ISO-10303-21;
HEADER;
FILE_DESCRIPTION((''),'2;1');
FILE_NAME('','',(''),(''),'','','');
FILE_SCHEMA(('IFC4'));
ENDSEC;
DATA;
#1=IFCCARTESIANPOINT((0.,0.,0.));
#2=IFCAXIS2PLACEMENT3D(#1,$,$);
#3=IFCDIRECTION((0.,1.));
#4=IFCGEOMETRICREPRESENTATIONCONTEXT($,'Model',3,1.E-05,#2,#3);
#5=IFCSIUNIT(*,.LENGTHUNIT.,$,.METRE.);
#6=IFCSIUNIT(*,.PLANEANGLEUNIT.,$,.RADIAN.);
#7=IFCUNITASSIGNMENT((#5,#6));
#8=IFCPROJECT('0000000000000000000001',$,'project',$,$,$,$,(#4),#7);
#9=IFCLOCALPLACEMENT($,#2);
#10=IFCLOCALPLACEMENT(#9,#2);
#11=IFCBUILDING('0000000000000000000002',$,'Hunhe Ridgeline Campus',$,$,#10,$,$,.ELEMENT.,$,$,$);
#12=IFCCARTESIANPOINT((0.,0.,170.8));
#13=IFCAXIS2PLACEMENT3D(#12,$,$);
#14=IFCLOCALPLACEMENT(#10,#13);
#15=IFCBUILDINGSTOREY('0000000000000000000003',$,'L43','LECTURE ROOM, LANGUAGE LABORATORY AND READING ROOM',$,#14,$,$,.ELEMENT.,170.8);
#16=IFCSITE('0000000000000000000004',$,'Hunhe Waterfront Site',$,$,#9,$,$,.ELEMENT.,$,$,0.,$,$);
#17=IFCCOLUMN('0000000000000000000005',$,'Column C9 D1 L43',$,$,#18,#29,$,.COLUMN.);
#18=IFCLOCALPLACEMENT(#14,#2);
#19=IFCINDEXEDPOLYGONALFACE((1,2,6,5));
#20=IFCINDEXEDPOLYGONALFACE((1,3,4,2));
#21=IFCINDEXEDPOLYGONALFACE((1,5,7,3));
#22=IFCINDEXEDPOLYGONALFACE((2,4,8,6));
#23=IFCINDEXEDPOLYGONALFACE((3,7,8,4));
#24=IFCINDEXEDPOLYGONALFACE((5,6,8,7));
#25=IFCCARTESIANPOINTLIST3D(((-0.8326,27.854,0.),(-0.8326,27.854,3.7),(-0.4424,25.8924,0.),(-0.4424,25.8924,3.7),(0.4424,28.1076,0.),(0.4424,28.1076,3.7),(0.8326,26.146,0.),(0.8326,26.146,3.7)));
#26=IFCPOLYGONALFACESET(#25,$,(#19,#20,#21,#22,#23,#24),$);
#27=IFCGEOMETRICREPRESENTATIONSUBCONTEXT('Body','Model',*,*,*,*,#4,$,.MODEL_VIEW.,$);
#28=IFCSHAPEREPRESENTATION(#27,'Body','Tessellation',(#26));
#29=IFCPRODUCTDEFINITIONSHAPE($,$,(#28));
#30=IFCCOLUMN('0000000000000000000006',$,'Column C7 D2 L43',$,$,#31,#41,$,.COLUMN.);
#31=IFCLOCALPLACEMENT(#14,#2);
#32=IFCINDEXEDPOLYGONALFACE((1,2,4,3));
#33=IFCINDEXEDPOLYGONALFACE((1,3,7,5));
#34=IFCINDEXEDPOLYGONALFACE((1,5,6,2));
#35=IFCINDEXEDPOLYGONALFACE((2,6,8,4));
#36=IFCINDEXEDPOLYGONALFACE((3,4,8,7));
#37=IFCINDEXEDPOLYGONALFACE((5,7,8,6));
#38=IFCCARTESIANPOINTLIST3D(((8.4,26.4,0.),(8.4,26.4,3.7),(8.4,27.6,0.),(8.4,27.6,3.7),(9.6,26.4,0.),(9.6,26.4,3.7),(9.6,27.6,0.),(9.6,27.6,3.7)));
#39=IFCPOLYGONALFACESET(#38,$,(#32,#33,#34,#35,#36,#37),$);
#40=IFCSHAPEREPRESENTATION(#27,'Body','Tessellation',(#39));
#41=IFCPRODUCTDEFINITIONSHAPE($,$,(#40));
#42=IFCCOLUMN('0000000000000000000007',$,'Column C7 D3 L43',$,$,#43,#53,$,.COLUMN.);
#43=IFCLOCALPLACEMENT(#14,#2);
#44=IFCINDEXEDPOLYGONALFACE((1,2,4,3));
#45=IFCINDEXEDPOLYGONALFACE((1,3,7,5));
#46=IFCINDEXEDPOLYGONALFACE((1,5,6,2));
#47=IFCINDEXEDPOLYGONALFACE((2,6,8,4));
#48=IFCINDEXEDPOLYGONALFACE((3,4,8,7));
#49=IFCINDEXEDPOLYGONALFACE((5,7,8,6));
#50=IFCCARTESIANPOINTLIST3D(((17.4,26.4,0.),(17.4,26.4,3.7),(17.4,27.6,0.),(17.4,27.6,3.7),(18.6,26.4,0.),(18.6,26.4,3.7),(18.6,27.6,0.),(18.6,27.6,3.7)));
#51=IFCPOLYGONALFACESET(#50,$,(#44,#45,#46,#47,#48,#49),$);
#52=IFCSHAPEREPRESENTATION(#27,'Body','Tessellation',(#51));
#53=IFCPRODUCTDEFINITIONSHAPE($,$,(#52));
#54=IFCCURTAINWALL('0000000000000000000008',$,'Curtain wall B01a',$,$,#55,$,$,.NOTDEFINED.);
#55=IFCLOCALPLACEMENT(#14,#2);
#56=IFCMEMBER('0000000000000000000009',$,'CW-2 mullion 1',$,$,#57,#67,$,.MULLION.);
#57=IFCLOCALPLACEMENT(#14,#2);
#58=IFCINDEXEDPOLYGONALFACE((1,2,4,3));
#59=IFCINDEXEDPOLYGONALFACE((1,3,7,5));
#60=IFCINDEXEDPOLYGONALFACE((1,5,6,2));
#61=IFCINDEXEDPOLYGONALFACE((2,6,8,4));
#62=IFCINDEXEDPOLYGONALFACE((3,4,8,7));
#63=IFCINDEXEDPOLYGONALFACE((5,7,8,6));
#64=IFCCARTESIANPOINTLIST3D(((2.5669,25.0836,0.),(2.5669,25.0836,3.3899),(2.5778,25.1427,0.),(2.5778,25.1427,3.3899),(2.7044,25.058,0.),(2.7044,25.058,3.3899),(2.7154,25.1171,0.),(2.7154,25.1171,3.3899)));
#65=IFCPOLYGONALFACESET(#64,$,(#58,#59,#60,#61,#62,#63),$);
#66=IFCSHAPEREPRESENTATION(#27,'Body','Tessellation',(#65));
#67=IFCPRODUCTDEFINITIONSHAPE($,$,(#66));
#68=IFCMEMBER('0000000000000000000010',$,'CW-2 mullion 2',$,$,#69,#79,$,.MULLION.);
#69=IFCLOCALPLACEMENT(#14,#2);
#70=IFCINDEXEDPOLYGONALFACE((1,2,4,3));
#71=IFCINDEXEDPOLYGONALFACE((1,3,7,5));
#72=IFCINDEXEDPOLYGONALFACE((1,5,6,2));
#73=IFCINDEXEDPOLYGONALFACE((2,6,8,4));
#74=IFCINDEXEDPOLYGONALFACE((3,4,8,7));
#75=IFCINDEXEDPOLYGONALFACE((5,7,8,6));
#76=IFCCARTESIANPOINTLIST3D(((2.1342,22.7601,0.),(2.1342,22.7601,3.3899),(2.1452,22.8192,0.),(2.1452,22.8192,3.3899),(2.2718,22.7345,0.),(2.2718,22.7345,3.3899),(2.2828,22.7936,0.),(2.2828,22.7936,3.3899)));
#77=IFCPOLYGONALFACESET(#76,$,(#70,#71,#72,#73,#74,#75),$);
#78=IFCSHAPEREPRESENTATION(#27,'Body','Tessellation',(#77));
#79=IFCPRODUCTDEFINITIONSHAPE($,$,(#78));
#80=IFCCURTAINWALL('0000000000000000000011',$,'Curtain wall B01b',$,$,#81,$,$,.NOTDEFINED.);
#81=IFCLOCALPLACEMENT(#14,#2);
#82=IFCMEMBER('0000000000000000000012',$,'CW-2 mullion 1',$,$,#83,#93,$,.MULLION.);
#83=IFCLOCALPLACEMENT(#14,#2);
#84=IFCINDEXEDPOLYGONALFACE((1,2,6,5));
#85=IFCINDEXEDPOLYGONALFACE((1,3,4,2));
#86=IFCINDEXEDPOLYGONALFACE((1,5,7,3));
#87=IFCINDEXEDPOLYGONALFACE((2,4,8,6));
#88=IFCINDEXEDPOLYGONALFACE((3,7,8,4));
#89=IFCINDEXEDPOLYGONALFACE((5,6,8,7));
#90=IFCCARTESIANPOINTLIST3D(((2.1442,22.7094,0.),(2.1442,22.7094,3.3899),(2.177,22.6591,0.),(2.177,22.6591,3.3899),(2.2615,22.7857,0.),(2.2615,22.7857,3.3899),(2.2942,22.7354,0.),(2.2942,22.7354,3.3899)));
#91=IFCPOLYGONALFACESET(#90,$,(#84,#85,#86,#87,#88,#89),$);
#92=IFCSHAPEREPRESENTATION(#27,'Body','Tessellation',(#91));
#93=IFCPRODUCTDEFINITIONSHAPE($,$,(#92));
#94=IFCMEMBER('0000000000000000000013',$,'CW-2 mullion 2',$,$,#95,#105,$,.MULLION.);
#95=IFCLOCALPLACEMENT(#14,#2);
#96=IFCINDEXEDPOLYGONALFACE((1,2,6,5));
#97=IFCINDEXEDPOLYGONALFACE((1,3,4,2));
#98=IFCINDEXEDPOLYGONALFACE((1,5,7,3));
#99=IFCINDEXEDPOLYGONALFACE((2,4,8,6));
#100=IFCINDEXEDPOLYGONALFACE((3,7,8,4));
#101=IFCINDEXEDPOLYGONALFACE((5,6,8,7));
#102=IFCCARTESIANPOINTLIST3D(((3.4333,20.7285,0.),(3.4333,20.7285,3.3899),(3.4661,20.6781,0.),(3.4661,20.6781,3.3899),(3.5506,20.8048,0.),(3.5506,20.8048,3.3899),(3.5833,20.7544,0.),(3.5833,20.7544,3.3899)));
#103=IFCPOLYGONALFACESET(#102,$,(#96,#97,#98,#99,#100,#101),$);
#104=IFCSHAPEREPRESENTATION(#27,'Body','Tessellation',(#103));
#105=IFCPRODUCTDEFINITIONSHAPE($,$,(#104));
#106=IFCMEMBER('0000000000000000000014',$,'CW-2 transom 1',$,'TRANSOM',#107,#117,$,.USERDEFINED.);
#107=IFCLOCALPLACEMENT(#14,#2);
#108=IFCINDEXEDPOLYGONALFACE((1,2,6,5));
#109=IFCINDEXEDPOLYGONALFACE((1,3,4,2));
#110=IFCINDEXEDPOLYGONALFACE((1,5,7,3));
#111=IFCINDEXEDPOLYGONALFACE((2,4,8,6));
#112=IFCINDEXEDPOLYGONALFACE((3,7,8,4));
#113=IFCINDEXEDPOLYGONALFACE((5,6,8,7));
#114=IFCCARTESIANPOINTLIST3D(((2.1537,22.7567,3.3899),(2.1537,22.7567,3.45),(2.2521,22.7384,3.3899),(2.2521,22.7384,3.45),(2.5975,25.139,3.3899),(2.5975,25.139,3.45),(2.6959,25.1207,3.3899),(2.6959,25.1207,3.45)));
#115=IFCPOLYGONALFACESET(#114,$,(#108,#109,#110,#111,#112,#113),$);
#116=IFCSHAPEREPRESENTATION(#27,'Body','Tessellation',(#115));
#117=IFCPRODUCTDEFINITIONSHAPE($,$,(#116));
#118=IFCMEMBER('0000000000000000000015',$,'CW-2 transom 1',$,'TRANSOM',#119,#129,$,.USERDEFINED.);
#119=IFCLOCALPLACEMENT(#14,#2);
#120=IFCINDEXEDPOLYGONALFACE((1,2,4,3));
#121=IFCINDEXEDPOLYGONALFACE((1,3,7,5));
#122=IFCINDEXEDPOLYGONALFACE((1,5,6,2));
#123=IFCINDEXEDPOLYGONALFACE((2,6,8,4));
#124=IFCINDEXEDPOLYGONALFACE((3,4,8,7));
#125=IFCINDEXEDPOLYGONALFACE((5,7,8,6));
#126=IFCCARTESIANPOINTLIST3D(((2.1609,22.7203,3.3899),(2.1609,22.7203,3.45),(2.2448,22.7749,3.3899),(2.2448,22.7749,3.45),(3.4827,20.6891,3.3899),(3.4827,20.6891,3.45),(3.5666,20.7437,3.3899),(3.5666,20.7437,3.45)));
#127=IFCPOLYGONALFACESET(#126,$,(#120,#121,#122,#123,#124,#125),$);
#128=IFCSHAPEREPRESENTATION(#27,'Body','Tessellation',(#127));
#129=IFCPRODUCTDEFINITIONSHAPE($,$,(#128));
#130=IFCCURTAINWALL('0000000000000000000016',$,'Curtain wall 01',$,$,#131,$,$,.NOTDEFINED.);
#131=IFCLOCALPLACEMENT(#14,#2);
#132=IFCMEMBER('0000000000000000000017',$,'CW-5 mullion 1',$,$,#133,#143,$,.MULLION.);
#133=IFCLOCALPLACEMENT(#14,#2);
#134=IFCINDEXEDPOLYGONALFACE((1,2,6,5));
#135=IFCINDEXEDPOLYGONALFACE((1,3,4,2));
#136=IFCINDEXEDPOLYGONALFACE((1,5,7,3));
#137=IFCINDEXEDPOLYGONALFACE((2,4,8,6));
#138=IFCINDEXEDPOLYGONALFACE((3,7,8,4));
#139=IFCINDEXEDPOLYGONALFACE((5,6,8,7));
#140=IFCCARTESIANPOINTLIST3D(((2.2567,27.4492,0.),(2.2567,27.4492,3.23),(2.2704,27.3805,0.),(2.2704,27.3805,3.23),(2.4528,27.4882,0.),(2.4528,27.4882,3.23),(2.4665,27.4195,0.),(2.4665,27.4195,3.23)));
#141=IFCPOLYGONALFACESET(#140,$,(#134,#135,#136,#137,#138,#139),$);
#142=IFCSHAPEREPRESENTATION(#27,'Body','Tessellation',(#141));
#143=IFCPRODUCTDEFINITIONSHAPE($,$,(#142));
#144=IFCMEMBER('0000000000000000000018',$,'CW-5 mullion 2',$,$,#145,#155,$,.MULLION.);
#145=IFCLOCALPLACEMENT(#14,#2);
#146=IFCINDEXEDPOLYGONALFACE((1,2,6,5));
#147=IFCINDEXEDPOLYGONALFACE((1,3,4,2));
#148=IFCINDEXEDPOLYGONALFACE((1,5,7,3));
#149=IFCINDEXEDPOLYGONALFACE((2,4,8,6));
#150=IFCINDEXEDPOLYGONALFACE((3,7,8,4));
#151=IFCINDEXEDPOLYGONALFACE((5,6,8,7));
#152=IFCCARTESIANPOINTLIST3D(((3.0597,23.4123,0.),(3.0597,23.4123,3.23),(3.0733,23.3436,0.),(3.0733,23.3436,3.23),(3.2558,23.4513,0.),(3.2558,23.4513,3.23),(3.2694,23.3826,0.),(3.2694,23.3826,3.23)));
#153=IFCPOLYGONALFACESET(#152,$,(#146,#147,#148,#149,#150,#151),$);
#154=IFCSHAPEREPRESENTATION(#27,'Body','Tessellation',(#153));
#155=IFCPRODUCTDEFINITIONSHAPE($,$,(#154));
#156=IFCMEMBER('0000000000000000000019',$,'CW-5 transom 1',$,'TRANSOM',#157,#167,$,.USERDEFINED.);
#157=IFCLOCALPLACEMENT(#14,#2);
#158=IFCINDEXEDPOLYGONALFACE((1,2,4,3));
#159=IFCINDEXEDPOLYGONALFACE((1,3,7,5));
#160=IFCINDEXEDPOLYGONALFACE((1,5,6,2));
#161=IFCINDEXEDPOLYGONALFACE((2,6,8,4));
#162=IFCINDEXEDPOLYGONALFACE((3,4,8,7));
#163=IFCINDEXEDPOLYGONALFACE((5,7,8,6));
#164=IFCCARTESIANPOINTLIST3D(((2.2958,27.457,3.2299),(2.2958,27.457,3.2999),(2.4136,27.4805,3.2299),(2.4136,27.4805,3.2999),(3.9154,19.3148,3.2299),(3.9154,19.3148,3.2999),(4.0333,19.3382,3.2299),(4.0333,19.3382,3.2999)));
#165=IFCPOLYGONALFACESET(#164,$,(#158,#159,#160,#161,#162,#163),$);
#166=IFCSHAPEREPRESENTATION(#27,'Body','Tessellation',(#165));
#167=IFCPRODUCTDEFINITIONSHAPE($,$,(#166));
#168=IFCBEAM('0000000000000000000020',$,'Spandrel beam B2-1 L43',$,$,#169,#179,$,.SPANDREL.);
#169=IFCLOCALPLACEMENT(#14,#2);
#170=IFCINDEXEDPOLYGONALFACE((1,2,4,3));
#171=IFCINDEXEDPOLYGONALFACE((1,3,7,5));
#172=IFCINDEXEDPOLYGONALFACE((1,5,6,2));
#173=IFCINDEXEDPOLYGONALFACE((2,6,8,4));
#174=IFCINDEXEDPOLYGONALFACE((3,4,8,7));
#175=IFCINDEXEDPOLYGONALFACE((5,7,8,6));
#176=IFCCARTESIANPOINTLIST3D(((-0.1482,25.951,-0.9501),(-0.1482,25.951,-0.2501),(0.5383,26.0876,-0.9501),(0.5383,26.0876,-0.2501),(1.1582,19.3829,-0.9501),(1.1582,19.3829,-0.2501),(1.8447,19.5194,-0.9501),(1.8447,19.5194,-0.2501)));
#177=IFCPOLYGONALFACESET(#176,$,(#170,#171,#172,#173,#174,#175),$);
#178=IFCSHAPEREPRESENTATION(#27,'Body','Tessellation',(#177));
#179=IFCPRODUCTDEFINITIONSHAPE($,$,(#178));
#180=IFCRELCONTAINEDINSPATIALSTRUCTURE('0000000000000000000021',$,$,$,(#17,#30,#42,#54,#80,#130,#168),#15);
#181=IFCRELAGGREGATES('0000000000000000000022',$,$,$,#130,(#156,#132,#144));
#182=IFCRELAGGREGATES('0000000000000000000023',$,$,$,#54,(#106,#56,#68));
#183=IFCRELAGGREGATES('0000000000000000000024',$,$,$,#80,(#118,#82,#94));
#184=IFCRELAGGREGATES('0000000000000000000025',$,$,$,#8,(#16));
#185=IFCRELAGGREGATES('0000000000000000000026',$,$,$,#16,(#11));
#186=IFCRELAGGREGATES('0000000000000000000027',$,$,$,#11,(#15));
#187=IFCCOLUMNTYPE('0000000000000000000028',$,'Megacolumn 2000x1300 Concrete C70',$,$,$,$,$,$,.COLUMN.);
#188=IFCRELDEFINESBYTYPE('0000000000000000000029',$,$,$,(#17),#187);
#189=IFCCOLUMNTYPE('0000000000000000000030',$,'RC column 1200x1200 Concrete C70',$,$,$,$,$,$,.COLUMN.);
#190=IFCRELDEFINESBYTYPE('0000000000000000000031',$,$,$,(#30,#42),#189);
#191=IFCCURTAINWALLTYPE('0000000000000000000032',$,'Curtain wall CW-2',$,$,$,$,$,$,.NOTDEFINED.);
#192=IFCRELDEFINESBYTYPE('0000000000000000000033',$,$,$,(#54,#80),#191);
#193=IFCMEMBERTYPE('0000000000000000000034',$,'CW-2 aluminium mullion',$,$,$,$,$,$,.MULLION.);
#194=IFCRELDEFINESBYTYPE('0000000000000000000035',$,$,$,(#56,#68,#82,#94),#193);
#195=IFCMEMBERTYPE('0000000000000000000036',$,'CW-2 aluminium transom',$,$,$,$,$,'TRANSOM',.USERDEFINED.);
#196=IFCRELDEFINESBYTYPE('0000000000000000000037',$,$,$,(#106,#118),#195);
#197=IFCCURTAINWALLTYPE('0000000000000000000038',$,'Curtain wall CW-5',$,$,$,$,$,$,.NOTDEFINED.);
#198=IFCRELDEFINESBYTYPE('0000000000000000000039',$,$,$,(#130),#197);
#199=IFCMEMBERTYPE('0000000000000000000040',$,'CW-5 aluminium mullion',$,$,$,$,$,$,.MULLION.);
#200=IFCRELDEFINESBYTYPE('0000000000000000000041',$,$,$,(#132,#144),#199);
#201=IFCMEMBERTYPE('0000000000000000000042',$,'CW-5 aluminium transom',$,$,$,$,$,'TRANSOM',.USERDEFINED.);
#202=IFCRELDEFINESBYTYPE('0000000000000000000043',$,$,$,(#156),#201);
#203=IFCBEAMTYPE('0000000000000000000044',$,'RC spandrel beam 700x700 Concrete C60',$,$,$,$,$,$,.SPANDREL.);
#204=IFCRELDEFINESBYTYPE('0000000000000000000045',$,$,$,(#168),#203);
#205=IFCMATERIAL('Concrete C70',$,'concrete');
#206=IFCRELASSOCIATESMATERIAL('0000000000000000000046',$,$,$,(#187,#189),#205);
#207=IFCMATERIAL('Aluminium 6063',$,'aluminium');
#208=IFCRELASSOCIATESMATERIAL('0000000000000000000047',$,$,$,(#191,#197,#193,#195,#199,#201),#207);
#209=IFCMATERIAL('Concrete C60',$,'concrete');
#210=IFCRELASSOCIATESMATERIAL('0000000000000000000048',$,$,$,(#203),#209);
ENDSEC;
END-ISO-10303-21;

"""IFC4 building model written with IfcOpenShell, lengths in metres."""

from ifc_helpers import new_model, si_unit, direction, frame, origin, origin_2d, place, context, subcontext, project, spatial, rectangle, extrude, material, material_profile, profile_set, type_object, element, aggregate, save


model = new_model("IFC4")

# Units and contexts
model_context = context("Model", 3, precision=1e-05, world=origin(), true_north=direction((0.0, 1.0)))
body_context = subcontext(model_context, "Body", "Model", "MODEL_VIEW")
ifc_project = project(units=[si_unit("LENGTHUNIT", "METRE"), si_unit("PLANEANGLEUNIT", "RADIAN")], contexts=[model_context])

# Site, building, storey
site_placement = place(None, origin())
site = spatial("IfcSite", under=ifc_project, at=site_placement, Name="Hunhe Waterfront Site", CompositionType="ELEMENT", RefElevation=0.0)
building_placement = place(site_placement, origin())
building = spatial("IfcBuilding", under=site, at=building_placement, Name="Hunhe Ridgeline Campus", CompositionType="ELEMENT")
storey_placement = place(building_placement, frame((0.0, 0.0, 170.8)))
storey = spatial("IfcBuildingStorey", under=building, at=storey_placement, Name="L43", Description="LECTURE ROOM, LANGUAGE LABORATORY AND READING ROOM", CompositionType="ELEMENT", Elevation=170.8)

# Columns
ifc_material_1 = material(Name="Concrete C70", Category="concrete")
ifc_material_profile_1 = material_profile(ifc_material_1, rectangle(XDim=2.0, YDim=1.3, at=origin_2d()))
ifc_profile_set_1 = profile_set([ifc_material_profile_1], Name="Concrete C70")
column_type_1 = type_object("IfcColumnType", Name="Megacolumn 2000x1300 Concrete C70", PredefinedType="COLUMN", material=ifc_profile_set_1)
column_placement = place(storey_placement, frame((0.0, 27.0, 0.0), z_axis=(0.0, 0.0, 1.0), x_axis=(-0.19509, 0.980785, 0.0)))
element("IfcColumn", 1, at=column_placement, inside=storey, type_object=column_type_1, Name="Column C9 D1 L43", PredefinedType="COLUMN", context=body_context, shape_type="SweptSolid", body=[
    extrude(rectangle(XDim=2.0, YDim=1.3, at=origin_2d()), origin(), (0.0, 0.0, 1.0), 3.7),
])
ifc_material_profile_2 = material_profile(ifc_material_1, rectangle(XDim=1.2, YDim=1.2, at=origin_2d()))
ifc_profile_set_2 = profile_set([ifc_material_profile_2], Name="Concrete C70")
column_type_2 = type_object("IfcColumnType", Name="RC column 1200x1200 Concrete C70", PredefinedType="COLUMN", material=ifc_profile_set_2)
for number, where, z_axis, x_axis, name in (
    (2, (9.0, 27.0, 0.0), (0.0, 0.0, 1.0), (1.0, 0.0, 0.0), "Column C7 D2 L43"),
    (3, (18.0, 27.0, 0.0), (0.0, 0.0, 1.0), (1.0, 0.0, 0.0), "Column C7 D3 L43"),
):
    element("IfcColumn", number, at=place(storey_placement, frame(where, z_axis=z_axis, x_axis=x_axis)), inside=storey, type_object=column_type_2, Name=name, PredefinedType="COLUMN", context=body_context, shape_type="SweptSolid", body=[
        extrude(rectangle(XDim=1.2, YDim=1.2, at=origin_2d()), origin(), (0.0, 0.0, 1.0), 3.7),
    ])

# Curtain walls, members
ifc_material_2 = material(Name="Aluminium 6063", Category="aluminium")
curtain_wall_type_1 = type_object("IfcCurtainWallType", Name="Curtain wall CW-2", PredefinedType="NOTDEFINED", material=ifc_material_2)
curtain_wall_1_placement = place(storey_placement, origin())
curtain_wall_1 = element("IfcCurtainWall", 4, at=curtain_wall_1_placement, inside=storey, type_object=curtain_wall_type_1, Name="Curtain wall B01a", PredefinedType="NOTDEFINED")
ifc_material_profile_3 = material_profile(ifc_material_2, rectangle(XDim=0.1399, YDim=0.0601, at=origin_2d()))
ifc_profile_set_3 = profile_set([ifc_material_profile_3], Name="Aluminium 6063")
member_type_1 = type_object("IfcMemberType", Name="CW-2 aluminium mullion", PredefinedType="MULLION", material=ifc_profile_set_3)
member_1_placement = place(storey_placement, frame((2.6411, 25.1003, 0.0), z_axis=(0.0, 0.0, 1.0), x_axis=(0.983092, -0.183113, 0.0)))
member_1 = element("IfcMember", 5, at=member_1_placement, type_object=member_type_1, Name="CW-2 mullion 1", PredefinedType="MULLION", context=body_context, shape_type="SweptSolid", body=[
    extrude(rectangle(XDim=0.1399, YDim=0.0601, at=origin_2d()), origin(), (0.0, 0.0, 1.0), 3.3899),
])
member_2_placement = place(storey_placement, frame((2.2085, 22.7769, 0.0), z_axis=(0.0, 0.0, 1.0), x_axis=(0.983092, -0.183113, 0.0)))
member_2 = element("IfcMember", 6, at=member_2_placement, type_object=member_type_1, Name="CW-2 mullion 2", PredefinedType="MULLION", context=body_context, shape_type="SweptSolid", body=[
    extrude(rectangle(XDim=0.1399, YDim=0.0601, at=origin_2d()), origin(), (0.0, 0.0, 1.0), 3.3899),
])
curtain_wall_2_placement = place(storey_placement, origin())
curtain_wall_2 = element("IfcCurtainWall", 7, at=curtain_wall_2_placement, inside=storey, type_object=curtain_wall_type_1, Name="Curtain wall B01b", PredefinedType="NOTDEFINED")
member_3_placement = place(storey_placement, frame((2.2192, 22.7224, 0.0), z_axis=(0.0, 0.0, 1.0), x_axis=(0.838179, 0.545395, 0.0)))
member_3 = element("IfcMember", 8, at=member_3_placement, type_object=member_type_1, Name="CW-2 mullion 1", PredefinedType="MULLION", context=body_context, shape_type="SweptSolid", body=[
    extrude(rectangle(XDim=0.1399, YDim=0.0601, at=origin_2d()), origin(), (0.0, 0.0, 1.0), 3.3899),
])
member_4_placement = place(storey_placement, frame((3.5083, 20.7415, 0.0), z_axis=(0.0, 0.0, 1.0), x_axis=(0.838179, 0.545395, 0.0)))
member_4 = element("IfcMember", 9, at=member_4_placement, type_object=member_type_1, Name="CW-2 mullion 2", PredefinedType="MULLION", context=body_context, shape_type="SweptSolid", body=[
    extrude(rectangle(XDim=0.1399, YDim=0.0601, at=origin_2d()), origin(), (0.0, 0.0, 1.0), 3.3899),
])

# Members
ifc_material_profile_4 = material_profile(ifc_material_2, rectangle(XDim=0.1001, YDim=0.0601, at=origin_2d()))
ifc_profile_set_4 = profile_set([ifc_material_profile_4], Name="Aluminium 6063")
member_type_2 = type_object("IfcMemberType", Name="CW-2 aluminium transom", ElementType="TRANSOM", PredefinedType="USERDEFINED", material=ifc_profile_set_4)
member_5_placement = place(storey_placement, frame((2.6467, 25.1299, 3.4199), z_axis=(-0.183157, -0.983084, 0.0), x_axis=(0.983084, -0.183157, 0.0)))
member_5 = element("IfcMember", 10, at=member_5_placement, type_object=member_type_2, Name="CW-2 transom 1", ObjectType="TRANSOM", PredefinedType="USERDEFINED", context=body_context, shape_type="SweptSolid", body=[
    extrude(rectangle(XDim=0.1001, YDim=0.0601, at=origin_2d()), origin(), (0.0, 0.0, 1.0), 2.4233),
])
member_6_placement = place(storey_placement, frame((2.2029, 22.7476, 3.4199), z_axis=(0.545413, -0.838167, 0.0), x_axis=(0.838167, 0.545413, 0.0)))
member_6 = element("IfcMember", 11, at=member_6_placement, type_object=member_type_2, Name="CW-2 transom 1", ObjectType="TRANSOM", PredefinedType="USERDEFINED", context=body_context, shape_type="SweptSolid", body=[
    extrude(rectangle(XDim=0.1001, YDim=0.0601, at=origin_2d()), origin(), (0.0, 0.0, 1.0), 2.4233),
])

# Curtain wall, members
curtain_wall_type_2 = type_object("IfcCurtainWallType", Name="Curtain wall CW-5", PredefinedType="NOTDEFINED", material=ifc_material_2)
curtain_wall_3_placement = place(storey_placement, origin())
curtain_wall_3 = element("IfcCurtainWall", 12, at=curtain_wall_3_placement, inside=storey, type_object=curtain_wall_type_2, Name="Curtain wall 01", PredefinedType="NOTDEFINED")
ifc_material_profile_5 = material_profile(ifc_material_2, rectangle(XDim=0.2, YDim=0.0701, at=origin_2d()))
ifc_profile_set_5 = profile_set([ifc_material_profile_5], Name="Aluminium 6063")
member_type_3 = type_object("IfcMemberType", Name="CW-5 aluminium mullion", PredefinedType="MULLION", material=ifc_profile_set_5)
member_7_placement = place(storey_placement, frame((2.3616, 27.4343, 0.0), z_axis=(0.0, 0.0, 1.0), x_axis=(0.980784, 0.195095, 0.0)))
member_7 = element("IfcMember", 13, at=member_7_placement, type_object=member_type_3, Name="CW-5 mullion 1", PredefinedType="MULLION", context=body_context, shape_type="SweptSolid", body=[
    extrude(rectangle(XDim=0.2, YDim=0.0701, at=origin_2d()), origin(), (0.0, 0.0, 1.0), 3.23),
])
member_8_placement = place(storey_placement, frame((3.1646, 23.3975, 0.0), z_axis=(0.0, 0.0, 1.0), x_axis=(0.980784, 0.195095, 0.0)))
member_8 = element("IfcMember", 14, at=member_8_placement, type_object=member_type_3, Name="CW-5 mullion 2", PredefinedType="MULLION", context=body_context, shape_type="SweptSolid", body=[
    extrude(rectangle(XDim=0.2, YDim=0.0701, at=origin_2d()), origin(), (0.0, 0.0, 1.0), 3.23),
])
ifc_material_profile_6 = material_profile(ifc_material_2, rectangle(XDim=0.1201, YDim=0.0701, at=origin_2d()))
ifc_profile_set_6 = profile_set([ifc_material_profile_6], Name="Aluminium 6063")
member_type_4 = type_object("IfcMemberType", Name="CW-5 aluminium transom", ElementType="TRANSOM", PredefinedType="USERDEFINED", material=ifc_profile_set_6)
member_9_placement = place(storey_placement, frame((2.3547, 27.4688, 3.2649), z_axis=(0.195092, -0.980785, 0.0), x_axis=(0.980785, 0.195092, 0.0)))
member_9 = element("IfcMember", 15, at=member_9_placement, type_object=member_type_4, Name="CW-5 transom 1", ObjectType="TRANSOM", PredefinedType="USERDEFINED", context=body_context, shape_type="SweptSolid", body=[
    extrude(rectangle(XDim=0.1201, YDim=0.0701, at=origin_2d()), origin(), (0.0, 0.0, 1.0), 8.3018),
])

# Beam
ifc_material_3 = material(Name="Concrete C60", Category="concrete")
ifc_material_profile_7 = material_profile(ifc_material_3, rectangle(XDim=0.7, YDim=0.7, at=origin_2d()))
ifc_profile_set_7 = profile_set([ifc_material_profile_7], Name="Concrete C60")
beam_type = type_object("IfcBeamType", Name="RC spandrel beam 700x700 Concrete C60", PredefinedType="SPANDREL", material=ifc_profile_set_7)
beam_placement = place(storey_placement, frame((0.1951, 26.0193, -0.6001), z_axis=(0.195078, -0.980788, 0.0), x_axis=(0.980788, 0.195078, 0.0)))
element("IfcBeam", 16, at=beam_placement, inside=storey, type_object=beam_type, Name="Spandrel beam B2-1 L43", PredefinedType="SPANDREL", context=body_context, shape_type="SweptSolid", body=[
    extrude(rectangle(XDim=0.7, YDim=0.7, at=origin_2d()), origin(), (0.0, 0.0, 1.0), 6.6968),
])

aggregate(curtain_wall_3, [member_9, member_7, member_8])
aggregate(curtain_wall_1, [member_5, member_1, member_2])
aggregate(curtain_wall_2, [member_6, member_3, member_4])

save(model, "model.ifc")
